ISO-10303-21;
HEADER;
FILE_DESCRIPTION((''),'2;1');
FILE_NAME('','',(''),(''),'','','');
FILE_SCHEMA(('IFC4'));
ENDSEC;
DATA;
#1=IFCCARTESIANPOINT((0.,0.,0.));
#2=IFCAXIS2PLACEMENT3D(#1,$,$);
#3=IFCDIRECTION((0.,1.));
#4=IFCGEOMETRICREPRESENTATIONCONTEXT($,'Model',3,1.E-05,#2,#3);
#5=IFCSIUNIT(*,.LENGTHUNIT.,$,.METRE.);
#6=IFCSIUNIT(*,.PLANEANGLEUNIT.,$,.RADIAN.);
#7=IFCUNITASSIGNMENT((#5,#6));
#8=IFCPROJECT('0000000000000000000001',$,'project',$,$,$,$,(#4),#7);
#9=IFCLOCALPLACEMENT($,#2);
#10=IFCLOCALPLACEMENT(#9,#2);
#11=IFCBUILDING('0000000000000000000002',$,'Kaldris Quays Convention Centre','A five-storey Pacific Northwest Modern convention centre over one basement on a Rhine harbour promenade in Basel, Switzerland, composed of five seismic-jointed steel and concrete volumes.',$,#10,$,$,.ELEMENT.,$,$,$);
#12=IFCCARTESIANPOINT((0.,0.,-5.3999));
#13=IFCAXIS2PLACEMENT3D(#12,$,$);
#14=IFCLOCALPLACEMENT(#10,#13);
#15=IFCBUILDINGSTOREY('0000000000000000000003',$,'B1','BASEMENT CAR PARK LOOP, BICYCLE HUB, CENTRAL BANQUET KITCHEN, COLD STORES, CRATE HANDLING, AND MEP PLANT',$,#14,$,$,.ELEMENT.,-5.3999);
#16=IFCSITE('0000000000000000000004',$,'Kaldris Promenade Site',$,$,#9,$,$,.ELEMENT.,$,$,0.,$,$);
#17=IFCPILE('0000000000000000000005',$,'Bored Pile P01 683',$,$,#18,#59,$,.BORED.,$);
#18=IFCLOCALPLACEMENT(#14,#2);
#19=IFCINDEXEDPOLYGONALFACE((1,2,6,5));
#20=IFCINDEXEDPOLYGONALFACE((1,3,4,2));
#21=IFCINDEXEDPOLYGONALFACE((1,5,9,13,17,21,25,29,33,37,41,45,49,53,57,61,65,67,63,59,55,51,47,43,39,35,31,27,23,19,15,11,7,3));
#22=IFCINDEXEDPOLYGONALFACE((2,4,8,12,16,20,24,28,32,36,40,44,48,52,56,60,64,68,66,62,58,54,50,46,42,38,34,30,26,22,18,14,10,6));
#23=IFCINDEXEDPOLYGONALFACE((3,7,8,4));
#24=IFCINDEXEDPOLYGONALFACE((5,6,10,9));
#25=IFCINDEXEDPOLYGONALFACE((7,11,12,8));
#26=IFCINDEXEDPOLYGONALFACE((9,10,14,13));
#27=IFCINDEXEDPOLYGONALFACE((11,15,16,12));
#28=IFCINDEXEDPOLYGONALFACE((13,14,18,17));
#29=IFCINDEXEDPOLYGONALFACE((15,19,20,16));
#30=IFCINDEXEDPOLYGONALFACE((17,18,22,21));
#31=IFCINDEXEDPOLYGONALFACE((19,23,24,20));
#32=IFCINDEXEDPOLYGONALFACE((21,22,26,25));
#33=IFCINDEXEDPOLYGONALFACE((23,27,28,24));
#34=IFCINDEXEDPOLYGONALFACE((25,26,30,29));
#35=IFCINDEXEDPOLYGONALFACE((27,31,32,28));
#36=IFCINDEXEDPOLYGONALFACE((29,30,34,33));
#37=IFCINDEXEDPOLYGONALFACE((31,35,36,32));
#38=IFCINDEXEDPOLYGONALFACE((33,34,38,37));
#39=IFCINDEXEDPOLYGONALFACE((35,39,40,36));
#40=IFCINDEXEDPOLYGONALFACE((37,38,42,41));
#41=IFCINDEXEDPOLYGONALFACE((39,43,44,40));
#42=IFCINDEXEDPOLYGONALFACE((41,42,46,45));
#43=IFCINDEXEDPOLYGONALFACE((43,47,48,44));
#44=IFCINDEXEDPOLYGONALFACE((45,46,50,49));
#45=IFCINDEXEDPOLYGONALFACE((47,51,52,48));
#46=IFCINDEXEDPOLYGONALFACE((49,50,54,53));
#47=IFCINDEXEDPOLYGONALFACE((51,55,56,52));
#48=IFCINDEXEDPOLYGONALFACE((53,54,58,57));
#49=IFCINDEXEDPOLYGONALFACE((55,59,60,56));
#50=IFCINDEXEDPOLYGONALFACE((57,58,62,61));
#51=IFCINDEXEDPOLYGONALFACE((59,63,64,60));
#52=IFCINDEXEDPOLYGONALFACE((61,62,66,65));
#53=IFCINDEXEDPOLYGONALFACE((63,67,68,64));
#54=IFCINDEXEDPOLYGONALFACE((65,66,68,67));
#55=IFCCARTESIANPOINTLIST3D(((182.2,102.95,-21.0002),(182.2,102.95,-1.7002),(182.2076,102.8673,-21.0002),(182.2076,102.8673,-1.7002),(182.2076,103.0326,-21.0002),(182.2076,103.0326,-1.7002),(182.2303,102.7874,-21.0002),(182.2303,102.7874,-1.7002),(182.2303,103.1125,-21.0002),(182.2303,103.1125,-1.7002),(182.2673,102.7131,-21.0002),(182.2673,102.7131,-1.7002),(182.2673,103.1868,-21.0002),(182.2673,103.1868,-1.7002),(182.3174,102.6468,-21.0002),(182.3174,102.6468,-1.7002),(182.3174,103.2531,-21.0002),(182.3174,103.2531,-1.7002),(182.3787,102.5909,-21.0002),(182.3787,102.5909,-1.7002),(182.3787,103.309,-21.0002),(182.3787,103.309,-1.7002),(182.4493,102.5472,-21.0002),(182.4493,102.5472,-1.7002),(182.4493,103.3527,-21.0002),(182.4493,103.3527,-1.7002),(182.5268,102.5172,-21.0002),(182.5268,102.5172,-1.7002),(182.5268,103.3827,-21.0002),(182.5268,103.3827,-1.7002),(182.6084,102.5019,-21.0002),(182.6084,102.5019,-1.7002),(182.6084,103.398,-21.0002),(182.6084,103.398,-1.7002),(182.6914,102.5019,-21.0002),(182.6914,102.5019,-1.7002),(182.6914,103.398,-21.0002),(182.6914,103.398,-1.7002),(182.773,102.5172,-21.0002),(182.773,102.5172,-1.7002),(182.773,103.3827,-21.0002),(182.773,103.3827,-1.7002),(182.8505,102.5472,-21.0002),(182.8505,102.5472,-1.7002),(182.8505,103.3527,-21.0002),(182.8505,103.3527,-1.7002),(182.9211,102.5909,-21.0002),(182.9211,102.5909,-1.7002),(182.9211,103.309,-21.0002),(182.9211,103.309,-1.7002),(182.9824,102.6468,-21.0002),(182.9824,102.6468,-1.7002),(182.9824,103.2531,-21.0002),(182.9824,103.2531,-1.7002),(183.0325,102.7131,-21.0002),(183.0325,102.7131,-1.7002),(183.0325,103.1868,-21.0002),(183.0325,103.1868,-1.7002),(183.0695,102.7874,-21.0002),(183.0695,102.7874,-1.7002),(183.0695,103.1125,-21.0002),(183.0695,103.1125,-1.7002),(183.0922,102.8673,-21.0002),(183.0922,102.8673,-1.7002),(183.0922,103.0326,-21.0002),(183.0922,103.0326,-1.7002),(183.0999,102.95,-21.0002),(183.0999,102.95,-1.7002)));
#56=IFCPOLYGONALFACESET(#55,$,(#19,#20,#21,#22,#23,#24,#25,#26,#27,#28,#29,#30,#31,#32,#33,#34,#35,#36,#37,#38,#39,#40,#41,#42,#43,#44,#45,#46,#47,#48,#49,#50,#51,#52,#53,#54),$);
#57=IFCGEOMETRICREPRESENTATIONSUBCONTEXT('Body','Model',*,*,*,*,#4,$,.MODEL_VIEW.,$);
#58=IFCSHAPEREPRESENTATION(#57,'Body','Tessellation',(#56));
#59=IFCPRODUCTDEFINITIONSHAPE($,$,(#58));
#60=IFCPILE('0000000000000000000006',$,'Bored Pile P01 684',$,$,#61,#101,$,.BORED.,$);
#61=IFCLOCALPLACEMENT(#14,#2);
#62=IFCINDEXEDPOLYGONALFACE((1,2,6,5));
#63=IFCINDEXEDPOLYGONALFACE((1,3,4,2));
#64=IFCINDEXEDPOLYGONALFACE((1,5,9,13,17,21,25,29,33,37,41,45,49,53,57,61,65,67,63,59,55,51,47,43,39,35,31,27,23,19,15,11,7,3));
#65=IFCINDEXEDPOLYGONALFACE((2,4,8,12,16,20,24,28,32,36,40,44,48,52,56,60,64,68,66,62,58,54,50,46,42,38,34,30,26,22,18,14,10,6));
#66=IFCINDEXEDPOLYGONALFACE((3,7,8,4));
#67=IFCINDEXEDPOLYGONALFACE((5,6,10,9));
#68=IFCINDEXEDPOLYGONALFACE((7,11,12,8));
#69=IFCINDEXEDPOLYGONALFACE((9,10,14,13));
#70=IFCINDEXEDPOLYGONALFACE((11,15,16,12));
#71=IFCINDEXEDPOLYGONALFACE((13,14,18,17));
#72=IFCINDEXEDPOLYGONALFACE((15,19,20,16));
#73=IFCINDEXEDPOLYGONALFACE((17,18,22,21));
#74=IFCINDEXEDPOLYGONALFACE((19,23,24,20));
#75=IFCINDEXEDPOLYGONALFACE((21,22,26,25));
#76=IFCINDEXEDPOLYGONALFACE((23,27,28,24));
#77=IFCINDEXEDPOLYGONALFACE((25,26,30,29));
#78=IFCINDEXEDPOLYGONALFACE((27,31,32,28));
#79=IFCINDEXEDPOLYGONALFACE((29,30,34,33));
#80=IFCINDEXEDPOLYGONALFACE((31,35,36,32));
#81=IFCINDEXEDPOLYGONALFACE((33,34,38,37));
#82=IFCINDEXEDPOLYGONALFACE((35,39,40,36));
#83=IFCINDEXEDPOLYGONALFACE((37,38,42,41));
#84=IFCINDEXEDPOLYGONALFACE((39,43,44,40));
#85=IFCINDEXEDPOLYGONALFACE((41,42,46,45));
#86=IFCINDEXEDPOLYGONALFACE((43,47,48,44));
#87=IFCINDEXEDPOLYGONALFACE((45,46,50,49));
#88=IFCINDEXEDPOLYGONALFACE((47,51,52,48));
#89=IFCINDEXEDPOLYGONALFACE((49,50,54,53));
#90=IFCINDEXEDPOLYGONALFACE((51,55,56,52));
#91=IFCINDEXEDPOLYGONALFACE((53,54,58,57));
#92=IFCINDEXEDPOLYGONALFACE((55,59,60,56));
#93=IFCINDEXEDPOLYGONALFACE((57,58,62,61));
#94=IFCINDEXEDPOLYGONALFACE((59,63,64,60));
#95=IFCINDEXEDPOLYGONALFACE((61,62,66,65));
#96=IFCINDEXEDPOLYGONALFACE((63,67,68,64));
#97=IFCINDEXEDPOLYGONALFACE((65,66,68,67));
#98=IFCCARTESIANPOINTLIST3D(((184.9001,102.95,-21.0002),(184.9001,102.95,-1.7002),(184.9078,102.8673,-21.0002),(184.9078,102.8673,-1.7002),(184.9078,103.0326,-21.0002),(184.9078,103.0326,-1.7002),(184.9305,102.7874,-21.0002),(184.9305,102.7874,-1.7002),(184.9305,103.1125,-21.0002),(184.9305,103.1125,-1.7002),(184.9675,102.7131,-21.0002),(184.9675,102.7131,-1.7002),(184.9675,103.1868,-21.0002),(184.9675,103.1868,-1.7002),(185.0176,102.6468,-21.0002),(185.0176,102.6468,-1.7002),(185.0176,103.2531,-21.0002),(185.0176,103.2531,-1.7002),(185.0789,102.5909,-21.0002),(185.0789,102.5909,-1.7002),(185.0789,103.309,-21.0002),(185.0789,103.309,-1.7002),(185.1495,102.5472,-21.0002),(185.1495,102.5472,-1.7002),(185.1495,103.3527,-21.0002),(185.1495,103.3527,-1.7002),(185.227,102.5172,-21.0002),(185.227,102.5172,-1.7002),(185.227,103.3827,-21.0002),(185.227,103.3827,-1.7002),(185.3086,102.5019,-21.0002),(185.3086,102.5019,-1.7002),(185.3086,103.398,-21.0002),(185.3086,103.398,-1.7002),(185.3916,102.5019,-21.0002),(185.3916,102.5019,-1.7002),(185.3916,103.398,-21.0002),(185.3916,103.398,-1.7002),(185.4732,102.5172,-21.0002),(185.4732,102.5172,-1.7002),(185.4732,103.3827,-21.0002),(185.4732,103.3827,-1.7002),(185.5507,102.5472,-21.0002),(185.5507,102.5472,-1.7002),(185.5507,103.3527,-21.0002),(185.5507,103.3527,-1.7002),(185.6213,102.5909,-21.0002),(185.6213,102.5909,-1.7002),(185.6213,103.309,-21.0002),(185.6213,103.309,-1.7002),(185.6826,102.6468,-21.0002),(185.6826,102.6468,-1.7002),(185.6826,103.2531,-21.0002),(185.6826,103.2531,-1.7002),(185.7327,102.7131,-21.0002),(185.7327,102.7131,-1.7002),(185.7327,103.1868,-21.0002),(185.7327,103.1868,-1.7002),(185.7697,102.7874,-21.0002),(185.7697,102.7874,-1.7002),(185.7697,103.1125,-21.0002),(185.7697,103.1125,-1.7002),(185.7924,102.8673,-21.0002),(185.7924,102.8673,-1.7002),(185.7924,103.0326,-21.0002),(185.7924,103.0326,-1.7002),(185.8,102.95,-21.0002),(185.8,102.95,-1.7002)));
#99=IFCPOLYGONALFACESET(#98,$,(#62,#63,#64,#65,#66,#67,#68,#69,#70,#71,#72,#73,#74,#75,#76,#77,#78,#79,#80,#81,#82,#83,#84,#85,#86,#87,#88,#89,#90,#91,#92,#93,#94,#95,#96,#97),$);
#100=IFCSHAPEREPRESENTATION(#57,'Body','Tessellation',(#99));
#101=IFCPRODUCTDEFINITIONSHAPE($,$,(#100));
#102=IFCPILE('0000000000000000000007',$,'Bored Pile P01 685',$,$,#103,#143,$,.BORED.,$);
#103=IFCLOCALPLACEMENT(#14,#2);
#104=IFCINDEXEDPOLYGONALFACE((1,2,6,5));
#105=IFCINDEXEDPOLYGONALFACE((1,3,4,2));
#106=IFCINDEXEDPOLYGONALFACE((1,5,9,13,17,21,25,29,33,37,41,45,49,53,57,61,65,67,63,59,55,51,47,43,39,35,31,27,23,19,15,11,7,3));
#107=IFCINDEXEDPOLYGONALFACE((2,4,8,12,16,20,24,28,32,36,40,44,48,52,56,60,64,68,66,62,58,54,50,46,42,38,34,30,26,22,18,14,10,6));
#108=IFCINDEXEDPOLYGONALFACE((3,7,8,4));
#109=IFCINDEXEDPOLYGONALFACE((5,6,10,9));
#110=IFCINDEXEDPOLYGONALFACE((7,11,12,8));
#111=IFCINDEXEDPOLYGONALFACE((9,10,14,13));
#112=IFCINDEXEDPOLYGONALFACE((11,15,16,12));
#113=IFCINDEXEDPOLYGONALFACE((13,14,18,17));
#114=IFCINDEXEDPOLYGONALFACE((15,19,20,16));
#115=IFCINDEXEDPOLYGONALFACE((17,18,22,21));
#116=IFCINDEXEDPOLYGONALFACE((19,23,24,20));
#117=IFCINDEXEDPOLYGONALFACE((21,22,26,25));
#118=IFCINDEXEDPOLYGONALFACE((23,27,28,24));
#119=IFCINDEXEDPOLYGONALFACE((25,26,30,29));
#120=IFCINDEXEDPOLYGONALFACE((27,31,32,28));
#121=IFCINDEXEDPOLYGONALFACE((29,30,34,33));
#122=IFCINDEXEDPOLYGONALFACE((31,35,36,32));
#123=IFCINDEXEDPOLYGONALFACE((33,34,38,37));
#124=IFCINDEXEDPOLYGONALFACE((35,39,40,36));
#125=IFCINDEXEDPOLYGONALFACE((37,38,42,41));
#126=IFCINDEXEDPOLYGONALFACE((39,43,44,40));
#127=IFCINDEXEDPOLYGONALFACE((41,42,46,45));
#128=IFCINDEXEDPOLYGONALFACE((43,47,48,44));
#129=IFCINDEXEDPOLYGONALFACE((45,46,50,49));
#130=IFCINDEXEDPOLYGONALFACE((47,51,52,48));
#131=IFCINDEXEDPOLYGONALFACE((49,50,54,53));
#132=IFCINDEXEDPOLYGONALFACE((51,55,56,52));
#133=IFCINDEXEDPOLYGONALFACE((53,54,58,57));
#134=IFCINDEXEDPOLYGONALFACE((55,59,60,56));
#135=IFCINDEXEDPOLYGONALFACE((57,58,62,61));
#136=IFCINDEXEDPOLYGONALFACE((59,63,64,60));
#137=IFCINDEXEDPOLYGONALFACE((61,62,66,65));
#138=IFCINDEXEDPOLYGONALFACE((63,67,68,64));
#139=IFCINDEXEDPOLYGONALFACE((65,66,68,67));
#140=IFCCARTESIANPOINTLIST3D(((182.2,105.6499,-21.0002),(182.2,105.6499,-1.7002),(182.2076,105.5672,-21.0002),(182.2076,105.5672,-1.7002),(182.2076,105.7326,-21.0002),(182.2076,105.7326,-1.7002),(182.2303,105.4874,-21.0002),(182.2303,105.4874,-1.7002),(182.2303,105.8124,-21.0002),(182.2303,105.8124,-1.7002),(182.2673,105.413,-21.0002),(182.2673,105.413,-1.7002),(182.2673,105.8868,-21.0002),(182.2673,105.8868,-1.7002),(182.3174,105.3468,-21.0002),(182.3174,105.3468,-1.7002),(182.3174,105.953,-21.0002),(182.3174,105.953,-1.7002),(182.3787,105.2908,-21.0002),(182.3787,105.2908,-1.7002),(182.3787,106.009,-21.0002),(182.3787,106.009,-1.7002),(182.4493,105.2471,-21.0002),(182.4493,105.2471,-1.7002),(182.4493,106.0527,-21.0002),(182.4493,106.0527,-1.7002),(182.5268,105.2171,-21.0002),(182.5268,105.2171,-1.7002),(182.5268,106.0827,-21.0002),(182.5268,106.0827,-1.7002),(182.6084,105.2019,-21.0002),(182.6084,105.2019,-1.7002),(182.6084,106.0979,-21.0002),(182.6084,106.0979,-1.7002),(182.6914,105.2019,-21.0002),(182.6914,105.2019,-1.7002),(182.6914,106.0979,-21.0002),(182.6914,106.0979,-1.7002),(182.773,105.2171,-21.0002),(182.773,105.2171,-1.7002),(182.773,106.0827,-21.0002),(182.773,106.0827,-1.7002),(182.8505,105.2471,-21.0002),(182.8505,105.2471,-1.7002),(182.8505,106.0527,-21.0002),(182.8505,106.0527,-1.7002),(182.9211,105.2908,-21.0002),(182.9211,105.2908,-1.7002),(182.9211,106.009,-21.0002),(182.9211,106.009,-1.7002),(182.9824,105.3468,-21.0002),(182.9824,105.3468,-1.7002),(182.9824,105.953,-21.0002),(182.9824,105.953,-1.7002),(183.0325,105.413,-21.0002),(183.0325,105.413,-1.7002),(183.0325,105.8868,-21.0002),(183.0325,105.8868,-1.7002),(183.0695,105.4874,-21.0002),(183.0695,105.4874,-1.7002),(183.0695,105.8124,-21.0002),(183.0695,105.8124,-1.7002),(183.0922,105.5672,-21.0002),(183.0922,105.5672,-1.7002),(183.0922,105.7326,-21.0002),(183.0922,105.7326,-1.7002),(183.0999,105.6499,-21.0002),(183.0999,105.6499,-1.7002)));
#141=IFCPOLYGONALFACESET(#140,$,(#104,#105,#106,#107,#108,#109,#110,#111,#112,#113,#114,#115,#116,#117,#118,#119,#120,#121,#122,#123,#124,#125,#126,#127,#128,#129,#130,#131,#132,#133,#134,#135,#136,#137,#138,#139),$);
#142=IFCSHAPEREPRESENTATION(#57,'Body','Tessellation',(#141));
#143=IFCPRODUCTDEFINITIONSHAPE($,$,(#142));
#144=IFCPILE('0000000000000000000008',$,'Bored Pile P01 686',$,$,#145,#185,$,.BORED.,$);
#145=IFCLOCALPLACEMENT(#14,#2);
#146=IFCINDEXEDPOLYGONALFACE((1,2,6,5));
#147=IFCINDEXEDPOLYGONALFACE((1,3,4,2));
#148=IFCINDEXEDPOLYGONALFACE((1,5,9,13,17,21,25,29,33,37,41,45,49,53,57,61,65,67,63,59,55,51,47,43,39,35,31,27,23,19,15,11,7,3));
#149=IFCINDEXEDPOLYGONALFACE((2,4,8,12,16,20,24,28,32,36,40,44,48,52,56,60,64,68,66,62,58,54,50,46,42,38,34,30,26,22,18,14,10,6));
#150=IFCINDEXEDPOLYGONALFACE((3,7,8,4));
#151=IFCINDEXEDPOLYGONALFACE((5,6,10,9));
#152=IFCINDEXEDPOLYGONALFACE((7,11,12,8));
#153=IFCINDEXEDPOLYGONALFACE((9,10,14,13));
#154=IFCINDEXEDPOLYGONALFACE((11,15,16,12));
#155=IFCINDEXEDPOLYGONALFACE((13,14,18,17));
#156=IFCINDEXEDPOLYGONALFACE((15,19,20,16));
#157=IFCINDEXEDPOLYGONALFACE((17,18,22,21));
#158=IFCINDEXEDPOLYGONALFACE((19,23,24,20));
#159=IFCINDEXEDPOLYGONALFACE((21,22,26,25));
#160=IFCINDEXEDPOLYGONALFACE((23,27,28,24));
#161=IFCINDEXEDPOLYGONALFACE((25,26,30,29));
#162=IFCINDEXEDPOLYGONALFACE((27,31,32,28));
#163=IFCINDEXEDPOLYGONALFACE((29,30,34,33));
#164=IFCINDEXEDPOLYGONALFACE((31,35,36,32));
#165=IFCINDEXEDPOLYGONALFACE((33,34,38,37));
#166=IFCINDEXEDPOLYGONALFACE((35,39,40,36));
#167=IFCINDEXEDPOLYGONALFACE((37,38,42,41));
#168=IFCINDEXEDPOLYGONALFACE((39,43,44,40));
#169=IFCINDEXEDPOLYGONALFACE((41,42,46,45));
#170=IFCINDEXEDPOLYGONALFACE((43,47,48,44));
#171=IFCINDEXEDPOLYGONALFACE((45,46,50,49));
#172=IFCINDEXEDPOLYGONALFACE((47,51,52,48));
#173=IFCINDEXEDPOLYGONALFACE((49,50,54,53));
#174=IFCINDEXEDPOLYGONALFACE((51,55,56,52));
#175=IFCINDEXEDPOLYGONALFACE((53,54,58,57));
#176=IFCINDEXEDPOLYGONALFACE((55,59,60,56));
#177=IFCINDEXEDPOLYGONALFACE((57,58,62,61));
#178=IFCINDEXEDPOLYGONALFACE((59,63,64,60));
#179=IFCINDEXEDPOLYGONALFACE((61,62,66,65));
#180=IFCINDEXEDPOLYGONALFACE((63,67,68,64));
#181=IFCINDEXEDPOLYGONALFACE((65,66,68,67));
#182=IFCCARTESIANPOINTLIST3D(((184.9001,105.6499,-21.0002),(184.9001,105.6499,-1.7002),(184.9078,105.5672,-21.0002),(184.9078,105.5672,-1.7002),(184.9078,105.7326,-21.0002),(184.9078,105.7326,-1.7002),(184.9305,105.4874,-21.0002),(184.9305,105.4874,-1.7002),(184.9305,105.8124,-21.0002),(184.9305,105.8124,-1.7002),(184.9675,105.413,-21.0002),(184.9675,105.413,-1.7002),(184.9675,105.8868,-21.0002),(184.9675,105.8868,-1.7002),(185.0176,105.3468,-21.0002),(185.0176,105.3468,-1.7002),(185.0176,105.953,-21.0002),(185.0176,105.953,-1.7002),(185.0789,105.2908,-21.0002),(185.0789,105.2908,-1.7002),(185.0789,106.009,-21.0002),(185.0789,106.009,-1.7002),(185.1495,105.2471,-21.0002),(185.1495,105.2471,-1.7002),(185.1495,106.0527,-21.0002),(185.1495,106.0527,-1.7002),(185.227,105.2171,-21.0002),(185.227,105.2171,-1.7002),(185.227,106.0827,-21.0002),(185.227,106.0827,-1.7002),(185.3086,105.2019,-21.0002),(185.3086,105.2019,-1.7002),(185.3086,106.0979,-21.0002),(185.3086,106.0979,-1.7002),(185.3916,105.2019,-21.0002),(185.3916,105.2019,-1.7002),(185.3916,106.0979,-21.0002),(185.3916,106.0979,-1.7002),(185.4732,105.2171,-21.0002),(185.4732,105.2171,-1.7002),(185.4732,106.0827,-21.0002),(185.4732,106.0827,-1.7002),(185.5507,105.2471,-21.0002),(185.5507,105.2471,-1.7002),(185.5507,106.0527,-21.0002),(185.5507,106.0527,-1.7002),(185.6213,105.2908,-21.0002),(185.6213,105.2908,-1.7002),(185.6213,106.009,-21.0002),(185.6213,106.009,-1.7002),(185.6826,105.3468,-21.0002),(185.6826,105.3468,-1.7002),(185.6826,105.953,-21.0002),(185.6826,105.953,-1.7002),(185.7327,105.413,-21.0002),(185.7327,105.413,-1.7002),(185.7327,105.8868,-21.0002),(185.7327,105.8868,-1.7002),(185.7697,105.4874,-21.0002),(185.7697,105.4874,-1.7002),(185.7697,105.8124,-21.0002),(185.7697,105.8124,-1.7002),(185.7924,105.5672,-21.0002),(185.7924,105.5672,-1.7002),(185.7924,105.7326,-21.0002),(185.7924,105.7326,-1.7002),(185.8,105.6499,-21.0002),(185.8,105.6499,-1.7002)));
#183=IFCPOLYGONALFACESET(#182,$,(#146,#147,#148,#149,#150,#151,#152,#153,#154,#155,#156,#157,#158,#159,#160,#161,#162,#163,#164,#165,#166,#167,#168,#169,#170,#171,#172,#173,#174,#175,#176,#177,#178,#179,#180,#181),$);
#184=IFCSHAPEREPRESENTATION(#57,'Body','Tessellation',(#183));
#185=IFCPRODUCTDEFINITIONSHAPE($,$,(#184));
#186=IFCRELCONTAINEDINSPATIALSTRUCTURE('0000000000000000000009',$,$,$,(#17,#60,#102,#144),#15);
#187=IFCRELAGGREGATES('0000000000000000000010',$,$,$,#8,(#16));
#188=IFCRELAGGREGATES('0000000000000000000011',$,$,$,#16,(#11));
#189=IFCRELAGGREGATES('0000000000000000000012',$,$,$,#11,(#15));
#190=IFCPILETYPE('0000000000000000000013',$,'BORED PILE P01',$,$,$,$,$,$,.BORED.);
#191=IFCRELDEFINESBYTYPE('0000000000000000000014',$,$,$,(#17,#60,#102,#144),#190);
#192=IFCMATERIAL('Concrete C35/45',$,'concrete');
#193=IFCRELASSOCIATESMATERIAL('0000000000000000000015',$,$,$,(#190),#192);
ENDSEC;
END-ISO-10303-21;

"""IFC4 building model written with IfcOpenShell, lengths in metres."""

from ifc_helpers import new_model, si_unit, direction, frame, origin, origin_2d, place, context, subcontext, project, spatial, circle, extrude, material, material_profile, profile_set, type_object, element, save


model = new_model("IFC4")

# Units and contexts
model_context = context("Model", 3, precision=1e-05, world=origin(), true_north=direction((0.0, 1.0)))
body_context = subcontext(model_context, "Body", "Model", "MODEL_VIEW")
ifc_project = project(units=[si_unit("LENGTHUNIT", "METRE"), si_unit("PLANEANGLEUNIT", "RADIAN")], contexts=[model_context])

# Site, building, storey
site_placement = place(None, origin())
site = spatial("IfcSite", under=ifc_project, at=site_placement, Name="Kaldris Promenade Site", CompositionType="ELEMENT", RefElevation=0.0)
building_placement = place(site_placement, origin())
building = spatial("IfcBuilding", under=site, at=building_placement, Name="Kaldris Quays Convention Centre", Description="A five-storey Pacific Northwest Modern convention centre over one basement on a Rhine harbour promenade in Basel, Switzerland, composed of five seismic-jointed steel and concrete volumes.", CompositionType="ELEMENT")
storey_placement = place(building_placement, frame((0.0, 0.0, -5.3999)))
storey = spatial("IfcBuildingStorey", under=building, at=storey_placement, Name="B1", Description="BASEMENT CAR PARK LOOP, BICYCLE HUB, CENTRAL BANQUET KITCHEN, COLD STORES, CRATE HANDLING, AND MEP PLANT", CompositionType="ELEMENT", Elevation=-5.3999)

# Piles
ifc_material_1 = material(Name="Concrete C35/45", Category="concrete")
ifc_material_profile_1 = material_profile(ifc_material_1, circle(Radius=0.45, at=origin_2d()), Name="BORED PILE D900")
ifc_profile_set_1 = profile_set([ifc_material_profile_1], Name="Concrete C35/45")
pile_type_1 = type_object("IfcPileType", Name="BORED PILE P01", PredefinedType="BORED", material=ifc_profile_set_1)
for number, where, z_axis, x_axis, name in (
    (1, (182.6499, 102.95, -1.7002), (0.0, 0.0, -1.0), (1.0, 0.0, 0.0), "Bored Pile P01 683"),
    (2, (185.3501, 102.95, -1.7002), (0.0, 0.0, -1.0), (1.0, 0.0, 0.0), "Bored Pile P01 684"),
    (3, (182.6499, 105.6499, -1.7002), (0.0, 0.0, -1.0), (1.0, 0.0, 0.0), "Bored Pile P01 685"),
    (4, (185.3501, 105.6499, -1.7002), (0.0, 0.0, -1.0), (1.0, 0.0, 0.0), "Bored Pile P01 686"),
):
    element("IfcPile", number, at=place(storey_placement, frame(where, z_axis=z_axis, x_axis=x_axis)), inside=storey, type_object=pile_type_1, Name=name, PredefinedType="BORED", context=body_context, shape_type="SweptSolid", body=[
        extrude(circle(Radius=0.45, at=origin_2d()), origin(), (0.0, 0.0, 1.0), 19.3),
    ])

save(model, "model.ifc")
